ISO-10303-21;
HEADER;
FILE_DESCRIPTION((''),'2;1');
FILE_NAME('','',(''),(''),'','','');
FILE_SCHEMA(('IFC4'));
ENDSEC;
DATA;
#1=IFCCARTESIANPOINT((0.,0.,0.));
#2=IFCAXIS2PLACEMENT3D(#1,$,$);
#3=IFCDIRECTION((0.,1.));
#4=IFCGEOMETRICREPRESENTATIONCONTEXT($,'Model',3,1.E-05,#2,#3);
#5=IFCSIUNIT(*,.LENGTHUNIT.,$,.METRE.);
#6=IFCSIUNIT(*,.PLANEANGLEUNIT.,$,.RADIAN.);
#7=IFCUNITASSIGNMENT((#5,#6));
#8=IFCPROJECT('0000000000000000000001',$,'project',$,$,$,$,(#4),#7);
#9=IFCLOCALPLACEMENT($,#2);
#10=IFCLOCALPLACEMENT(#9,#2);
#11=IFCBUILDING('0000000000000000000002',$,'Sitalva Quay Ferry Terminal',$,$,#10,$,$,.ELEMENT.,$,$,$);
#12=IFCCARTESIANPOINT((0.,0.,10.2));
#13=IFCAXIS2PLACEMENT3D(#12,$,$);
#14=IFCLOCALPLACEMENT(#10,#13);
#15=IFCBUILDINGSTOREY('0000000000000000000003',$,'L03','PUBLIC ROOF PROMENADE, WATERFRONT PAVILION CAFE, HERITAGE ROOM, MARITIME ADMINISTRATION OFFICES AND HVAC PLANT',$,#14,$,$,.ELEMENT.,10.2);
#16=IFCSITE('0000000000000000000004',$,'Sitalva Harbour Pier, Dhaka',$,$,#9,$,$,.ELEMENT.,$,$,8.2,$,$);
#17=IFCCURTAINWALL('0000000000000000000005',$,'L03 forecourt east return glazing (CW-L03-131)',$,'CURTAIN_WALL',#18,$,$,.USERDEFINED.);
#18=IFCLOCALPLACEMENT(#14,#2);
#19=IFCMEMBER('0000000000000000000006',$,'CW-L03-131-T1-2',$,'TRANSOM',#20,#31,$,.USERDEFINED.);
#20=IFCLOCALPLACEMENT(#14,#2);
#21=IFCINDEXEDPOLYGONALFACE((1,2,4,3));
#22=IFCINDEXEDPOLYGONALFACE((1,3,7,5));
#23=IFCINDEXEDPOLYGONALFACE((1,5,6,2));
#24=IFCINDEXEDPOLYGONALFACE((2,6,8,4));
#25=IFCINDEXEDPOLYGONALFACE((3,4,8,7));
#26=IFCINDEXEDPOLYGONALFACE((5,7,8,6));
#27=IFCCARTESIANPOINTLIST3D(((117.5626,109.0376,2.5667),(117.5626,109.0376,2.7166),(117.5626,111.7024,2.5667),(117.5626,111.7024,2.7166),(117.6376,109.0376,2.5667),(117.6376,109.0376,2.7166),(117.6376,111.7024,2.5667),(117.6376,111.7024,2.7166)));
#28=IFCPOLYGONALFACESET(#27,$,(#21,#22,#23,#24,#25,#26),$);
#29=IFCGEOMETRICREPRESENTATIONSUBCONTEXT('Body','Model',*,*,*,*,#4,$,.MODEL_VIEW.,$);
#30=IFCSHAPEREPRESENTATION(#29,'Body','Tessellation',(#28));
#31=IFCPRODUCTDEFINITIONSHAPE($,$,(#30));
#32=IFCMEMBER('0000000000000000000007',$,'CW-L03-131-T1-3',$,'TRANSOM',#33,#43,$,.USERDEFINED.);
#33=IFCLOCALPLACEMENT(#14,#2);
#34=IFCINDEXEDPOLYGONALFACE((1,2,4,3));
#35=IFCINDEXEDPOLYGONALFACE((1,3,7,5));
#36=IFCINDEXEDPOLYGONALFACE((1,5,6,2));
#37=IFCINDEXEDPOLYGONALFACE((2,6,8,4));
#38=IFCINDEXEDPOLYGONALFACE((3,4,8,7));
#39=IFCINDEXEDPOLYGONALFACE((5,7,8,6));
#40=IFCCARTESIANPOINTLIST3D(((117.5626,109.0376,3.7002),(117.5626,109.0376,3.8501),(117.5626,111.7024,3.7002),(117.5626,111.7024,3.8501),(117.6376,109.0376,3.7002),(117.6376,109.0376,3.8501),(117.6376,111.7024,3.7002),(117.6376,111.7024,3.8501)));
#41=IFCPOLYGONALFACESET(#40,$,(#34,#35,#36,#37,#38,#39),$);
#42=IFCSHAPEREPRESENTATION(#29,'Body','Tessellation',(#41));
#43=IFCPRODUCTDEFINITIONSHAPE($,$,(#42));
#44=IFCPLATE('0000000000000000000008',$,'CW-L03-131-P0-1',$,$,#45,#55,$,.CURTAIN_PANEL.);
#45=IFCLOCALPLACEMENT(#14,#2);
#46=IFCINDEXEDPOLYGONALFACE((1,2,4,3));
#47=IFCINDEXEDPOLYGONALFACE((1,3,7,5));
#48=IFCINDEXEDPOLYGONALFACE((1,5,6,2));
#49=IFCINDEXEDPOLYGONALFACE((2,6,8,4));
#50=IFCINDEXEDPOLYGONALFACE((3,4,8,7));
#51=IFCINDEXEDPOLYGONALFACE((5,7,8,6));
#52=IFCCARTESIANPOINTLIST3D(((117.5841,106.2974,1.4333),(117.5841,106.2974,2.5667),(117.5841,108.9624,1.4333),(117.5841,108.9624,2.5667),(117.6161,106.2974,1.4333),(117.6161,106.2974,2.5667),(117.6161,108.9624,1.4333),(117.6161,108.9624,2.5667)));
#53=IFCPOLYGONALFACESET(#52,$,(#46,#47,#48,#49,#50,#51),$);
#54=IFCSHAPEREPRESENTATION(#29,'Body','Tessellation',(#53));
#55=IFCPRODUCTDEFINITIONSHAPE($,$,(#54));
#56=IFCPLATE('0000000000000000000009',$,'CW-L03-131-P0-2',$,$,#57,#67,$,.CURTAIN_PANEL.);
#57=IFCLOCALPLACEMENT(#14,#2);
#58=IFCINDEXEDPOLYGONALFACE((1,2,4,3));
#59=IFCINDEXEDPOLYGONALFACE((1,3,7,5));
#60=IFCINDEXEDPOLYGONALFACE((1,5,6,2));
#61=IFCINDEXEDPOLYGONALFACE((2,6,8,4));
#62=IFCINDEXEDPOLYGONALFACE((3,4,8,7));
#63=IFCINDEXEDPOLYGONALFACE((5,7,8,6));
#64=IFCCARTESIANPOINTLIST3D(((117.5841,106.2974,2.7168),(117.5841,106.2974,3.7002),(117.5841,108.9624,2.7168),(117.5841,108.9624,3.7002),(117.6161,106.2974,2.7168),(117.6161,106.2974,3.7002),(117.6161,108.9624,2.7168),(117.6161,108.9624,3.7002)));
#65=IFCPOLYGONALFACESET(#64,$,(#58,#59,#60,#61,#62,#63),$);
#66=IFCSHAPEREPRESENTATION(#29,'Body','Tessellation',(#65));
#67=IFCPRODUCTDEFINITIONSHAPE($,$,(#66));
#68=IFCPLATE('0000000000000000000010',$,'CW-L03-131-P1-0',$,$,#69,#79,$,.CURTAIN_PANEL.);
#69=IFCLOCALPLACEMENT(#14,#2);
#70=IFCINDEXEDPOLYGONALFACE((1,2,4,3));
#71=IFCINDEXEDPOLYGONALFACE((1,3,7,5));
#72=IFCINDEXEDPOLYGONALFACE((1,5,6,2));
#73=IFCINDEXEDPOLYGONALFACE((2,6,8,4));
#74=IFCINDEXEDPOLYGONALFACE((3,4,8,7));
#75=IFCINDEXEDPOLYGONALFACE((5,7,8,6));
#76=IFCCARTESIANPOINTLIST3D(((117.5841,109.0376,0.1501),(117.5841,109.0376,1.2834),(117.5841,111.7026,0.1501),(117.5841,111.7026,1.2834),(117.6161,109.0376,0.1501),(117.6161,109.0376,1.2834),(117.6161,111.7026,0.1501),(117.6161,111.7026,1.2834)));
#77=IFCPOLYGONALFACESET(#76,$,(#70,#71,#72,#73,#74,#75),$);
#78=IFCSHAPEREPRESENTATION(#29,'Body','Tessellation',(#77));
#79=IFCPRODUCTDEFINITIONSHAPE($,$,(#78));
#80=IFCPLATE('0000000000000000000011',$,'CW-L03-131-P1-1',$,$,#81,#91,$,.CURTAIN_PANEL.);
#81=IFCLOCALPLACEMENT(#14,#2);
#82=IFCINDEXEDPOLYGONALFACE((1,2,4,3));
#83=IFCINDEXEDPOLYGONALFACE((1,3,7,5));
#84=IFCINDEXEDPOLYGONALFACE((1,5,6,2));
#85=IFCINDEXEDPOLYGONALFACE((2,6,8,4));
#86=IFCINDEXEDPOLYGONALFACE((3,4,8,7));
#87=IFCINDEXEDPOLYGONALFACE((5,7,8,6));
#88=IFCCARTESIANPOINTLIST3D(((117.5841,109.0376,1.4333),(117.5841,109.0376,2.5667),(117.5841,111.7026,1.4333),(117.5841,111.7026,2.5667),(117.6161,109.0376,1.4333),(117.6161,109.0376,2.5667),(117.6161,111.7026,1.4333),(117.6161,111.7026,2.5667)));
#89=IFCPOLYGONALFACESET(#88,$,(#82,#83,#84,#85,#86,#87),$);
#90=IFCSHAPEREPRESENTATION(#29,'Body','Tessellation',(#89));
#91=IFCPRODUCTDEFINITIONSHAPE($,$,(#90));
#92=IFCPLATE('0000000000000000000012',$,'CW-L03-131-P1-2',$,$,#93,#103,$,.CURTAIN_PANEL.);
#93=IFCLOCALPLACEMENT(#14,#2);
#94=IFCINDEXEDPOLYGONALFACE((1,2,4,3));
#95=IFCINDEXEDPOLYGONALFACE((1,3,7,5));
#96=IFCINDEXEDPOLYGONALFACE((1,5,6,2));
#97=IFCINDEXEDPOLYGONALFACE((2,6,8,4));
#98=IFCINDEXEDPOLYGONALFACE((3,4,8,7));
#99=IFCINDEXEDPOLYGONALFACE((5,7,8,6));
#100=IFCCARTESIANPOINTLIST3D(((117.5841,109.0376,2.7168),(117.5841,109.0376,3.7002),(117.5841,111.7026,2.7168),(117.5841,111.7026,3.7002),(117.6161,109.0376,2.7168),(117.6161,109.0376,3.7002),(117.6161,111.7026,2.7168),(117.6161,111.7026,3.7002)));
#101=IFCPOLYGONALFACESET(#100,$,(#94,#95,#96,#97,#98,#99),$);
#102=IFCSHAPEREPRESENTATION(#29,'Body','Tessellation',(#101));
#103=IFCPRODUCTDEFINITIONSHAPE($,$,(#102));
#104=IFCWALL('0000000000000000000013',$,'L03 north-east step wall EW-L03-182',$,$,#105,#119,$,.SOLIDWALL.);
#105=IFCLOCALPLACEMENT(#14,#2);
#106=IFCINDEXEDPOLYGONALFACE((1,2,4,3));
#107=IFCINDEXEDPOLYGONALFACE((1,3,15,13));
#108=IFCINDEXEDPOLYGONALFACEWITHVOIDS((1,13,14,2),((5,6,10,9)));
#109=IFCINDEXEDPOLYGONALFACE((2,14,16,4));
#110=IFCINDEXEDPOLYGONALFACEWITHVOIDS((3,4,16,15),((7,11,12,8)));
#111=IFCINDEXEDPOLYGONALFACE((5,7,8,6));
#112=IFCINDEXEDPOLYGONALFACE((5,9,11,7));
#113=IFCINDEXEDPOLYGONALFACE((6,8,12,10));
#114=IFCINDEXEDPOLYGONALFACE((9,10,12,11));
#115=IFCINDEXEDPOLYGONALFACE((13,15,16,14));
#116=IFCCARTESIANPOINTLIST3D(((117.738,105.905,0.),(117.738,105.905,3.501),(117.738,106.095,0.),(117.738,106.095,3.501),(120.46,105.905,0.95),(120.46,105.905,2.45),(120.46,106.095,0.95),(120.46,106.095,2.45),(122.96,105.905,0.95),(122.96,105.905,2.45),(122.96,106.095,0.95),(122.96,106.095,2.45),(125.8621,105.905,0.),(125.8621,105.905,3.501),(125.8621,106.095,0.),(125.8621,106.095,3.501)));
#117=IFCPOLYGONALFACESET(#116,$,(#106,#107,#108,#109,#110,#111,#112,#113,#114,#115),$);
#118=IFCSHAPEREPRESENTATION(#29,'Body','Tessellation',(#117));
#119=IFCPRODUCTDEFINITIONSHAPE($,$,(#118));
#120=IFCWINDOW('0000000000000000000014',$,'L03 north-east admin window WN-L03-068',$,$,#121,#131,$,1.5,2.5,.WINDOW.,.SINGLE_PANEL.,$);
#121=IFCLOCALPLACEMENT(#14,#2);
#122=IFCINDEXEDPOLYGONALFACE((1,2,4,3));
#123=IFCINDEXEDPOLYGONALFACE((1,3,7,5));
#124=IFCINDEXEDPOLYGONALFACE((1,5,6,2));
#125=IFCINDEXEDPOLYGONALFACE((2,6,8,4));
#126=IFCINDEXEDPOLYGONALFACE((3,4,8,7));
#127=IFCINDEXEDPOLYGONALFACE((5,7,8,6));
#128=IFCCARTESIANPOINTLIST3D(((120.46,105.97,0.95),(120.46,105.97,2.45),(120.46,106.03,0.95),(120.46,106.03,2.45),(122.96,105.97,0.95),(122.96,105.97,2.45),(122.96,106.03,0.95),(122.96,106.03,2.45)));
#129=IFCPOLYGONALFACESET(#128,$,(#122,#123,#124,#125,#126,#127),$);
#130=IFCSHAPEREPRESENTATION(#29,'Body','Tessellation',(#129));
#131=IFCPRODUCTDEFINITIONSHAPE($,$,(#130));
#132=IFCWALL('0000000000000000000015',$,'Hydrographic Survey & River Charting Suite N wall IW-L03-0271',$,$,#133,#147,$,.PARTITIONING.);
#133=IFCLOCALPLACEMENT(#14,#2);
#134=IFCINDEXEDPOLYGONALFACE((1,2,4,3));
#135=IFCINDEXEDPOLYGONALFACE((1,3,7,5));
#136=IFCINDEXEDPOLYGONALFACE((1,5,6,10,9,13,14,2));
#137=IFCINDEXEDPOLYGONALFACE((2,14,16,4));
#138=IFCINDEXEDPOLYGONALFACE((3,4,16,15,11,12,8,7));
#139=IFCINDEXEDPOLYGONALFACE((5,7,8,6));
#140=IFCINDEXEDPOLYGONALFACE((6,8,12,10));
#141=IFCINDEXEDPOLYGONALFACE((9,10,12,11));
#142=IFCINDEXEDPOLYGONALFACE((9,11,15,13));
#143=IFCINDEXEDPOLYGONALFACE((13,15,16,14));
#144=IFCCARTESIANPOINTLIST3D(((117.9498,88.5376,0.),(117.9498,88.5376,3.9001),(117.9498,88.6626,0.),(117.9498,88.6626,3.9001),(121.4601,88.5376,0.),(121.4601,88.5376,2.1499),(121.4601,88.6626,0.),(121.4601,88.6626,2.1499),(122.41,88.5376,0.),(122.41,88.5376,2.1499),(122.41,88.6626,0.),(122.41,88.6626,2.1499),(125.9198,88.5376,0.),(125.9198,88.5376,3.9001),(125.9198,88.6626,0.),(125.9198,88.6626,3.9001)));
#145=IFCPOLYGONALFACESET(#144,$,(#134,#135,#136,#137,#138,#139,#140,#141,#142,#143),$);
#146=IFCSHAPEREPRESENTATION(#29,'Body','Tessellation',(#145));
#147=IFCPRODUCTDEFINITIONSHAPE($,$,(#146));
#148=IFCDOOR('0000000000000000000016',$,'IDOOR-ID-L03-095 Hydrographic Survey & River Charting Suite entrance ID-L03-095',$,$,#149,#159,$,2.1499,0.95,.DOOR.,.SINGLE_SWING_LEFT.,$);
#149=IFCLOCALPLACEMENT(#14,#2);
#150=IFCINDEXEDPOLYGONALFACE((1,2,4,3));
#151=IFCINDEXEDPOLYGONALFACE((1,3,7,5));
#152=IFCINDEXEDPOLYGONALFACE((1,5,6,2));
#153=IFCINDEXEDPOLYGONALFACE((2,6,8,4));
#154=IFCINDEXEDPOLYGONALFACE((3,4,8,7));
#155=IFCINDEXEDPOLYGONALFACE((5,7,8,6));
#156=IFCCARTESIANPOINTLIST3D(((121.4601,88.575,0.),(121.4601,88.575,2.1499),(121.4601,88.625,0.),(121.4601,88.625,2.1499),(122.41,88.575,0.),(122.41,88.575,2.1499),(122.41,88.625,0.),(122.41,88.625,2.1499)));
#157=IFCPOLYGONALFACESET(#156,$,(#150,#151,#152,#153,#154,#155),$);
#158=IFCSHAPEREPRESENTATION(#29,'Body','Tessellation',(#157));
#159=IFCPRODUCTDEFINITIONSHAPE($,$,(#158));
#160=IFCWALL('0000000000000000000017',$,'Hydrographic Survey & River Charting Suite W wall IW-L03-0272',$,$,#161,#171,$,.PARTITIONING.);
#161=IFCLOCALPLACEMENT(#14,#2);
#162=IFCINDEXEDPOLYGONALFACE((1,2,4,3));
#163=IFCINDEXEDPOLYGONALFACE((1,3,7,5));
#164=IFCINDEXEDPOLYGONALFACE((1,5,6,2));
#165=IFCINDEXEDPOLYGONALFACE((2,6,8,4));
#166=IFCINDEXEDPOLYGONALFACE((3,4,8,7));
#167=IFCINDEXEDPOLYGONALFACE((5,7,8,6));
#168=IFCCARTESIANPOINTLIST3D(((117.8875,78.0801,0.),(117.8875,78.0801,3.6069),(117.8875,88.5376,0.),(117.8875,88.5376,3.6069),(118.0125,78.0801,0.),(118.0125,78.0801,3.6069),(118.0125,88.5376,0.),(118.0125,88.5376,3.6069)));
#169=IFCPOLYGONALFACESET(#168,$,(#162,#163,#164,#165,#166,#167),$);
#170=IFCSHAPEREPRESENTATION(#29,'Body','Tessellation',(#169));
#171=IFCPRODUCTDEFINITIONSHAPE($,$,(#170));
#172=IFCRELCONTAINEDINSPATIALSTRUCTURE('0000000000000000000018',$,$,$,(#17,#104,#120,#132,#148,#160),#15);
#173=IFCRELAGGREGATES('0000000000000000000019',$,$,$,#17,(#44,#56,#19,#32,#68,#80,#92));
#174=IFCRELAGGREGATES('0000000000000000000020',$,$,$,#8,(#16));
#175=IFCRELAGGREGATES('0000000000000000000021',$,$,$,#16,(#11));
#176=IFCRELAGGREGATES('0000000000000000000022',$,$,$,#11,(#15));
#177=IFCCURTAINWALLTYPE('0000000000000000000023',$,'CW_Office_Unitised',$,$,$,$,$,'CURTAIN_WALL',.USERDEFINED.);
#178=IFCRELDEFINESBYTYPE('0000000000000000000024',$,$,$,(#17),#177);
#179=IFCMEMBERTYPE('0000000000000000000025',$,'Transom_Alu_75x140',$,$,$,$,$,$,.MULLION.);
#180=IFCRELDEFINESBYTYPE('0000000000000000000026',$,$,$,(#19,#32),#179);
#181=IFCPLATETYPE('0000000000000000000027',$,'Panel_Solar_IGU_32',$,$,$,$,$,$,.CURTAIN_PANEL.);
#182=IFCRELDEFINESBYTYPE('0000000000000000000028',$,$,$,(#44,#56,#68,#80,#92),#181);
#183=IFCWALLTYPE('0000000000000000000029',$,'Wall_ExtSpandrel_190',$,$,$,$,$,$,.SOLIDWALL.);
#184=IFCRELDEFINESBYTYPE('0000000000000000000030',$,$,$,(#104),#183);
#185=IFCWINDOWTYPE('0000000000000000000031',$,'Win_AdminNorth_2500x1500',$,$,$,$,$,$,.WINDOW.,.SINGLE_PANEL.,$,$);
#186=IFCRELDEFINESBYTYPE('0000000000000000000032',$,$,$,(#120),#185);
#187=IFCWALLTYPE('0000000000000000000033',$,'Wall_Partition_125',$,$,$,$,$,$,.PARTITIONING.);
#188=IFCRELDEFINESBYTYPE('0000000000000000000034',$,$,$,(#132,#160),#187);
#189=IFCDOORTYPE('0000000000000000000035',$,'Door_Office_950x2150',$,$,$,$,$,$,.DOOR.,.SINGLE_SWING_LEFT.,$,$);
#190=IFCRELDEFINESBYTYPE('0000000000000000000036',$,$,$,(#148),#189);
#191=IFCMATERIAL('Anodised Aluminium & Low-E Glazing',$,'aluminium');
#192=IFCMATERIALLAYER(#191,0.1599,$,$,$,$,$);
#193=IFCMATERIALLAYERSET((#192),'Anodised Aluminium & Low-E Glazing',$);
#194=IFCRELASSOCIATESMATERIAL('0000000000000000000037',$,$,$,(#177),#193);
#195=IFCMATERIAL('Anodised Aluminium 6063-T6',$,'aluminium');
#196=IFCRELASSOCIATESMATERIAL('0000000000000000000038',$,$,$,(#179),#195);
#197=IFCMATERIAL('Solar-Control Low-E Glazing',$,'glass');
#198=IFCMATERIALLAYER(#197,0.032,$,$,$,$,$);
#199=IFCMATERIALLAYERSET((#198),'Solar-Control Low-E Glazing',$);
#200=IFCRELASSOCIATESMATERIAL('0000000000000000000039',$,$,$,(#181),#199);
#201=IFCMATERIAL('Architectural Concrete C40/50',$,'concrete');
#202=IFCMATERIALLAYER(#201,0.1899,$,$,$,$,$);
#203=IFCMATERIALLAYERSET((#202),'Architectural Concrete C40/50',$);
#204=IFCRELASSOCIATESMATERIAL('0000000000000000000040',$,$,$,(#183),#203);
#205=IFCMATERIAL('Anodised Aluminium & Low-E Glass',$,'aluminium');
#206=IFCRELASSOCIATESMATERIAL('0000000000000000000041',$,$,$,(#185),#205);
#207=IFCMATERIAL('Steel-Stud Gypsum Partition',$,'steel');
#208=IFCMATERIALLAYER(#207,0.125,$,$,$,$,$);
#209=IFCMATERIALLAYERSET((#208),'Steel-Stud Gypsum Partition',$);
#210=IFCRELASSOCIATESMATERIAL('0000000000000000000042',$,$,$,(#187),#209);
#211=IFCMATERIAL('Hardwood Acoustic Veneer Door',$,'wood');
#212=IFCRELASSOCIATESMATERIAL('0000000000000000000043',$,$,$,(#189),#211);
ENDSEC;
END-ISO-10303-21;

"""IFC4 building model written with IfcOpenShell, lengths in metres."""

from ifc_helpers import new_model, si_unit, direction, frame, frame_2d, origin, origin_2d, place, context, subcontext, project, spatial, rectangle, extrude, material, layer, layer_set, material_profile, profile_set, type_object, element, fill, aggregate, save


model = new_model("IFC4")

# Units and contexts
model_context = context("Model", 3, precision=1e-05, world=origin(), true_north=direction((0.0, 1.0)))
body_context = subcontext(model_context, "Body", "Model", "MODEL_VIEW")
ifc_project = project(units=[si_unit("LENGTHUNIT", "METRE"), si_unit("PLANEANGLEUNIT", "RADIAN")], contexts=[model_context])

# Site, building, storey
site_placement = place(None, origin())
site = spatial("IfcSite", under=ifc_project, at=site_placement, Name="Sitalva Harbour Pier, Dhaka", CompositionType="ELEMENT", RefElevation=8.2)
building_placement = place(site_placement, origin())
building = spatial("IfcBuilding", under=site, at=building_placement, Name="Sitalva Quay Ferry Terminal", CompositionType="ELEMENT")
storey_placement = place(building_placement, frame((0.0, 0.0, 10.2)))
storey = spatial("IfcBuildingStorey", under=building, at=storey_placement, Name="L03", Description="PUBLIC ROOF PROMENADE, WATERFRONT PAVILION CAFE, HERITAGE ROOM, MARITIME ADMINISTRATION OFFICES AND HVAC PLANT", CompositionType="ELEMENT", Elevation=10.2)

# Curtain wall, members, plates
ifc_material_1 = material(Name="Anodised Aluminium & Low-E Glazing", Category="aluminium")
ifc_layer_1 = layer(ifc_material_1, 0.1599)
ifc_layer_set_1 = layer_set([ifc_layer_1], Name="Anodised Aluminium & Low-E Glazing")
curtain_wall_type = type_object("IfcCurtainWallType", Name="CW_Office_Unitised", ElementType="CURTAIN_WALL", PredefinedType="USERDEFINED", material=ifc_layer_set_1)
curtain_wall_placement = place(storey_placement, origin())
curtain_wall = element("IfcCurtainWall", 1, at=curtain_wall_placement, inside=storey, type_object=curtain_wall_type, Name="L03 forecourt east return glazing (CW-L03-131)", ObjectType="CURTAIN_WALL", PredefinedType="USERDEFINED")
ifc_material_2 = material(Name="Anodised Aluminium 6063-T6", Category="aluminium")
ifc_material_profile_1 = material_profile(ifc_material_2, rectangle(XDim=0.075, YDim=0.1499, at=origin_2d()), Name="ALU75x150")
ifc_profile_set_1 = profile_set([ifc_material_profile_1], Name="Anodised Aluminium 6063-T6")
member_type_1 = type_object("IfcMemberType", Name="Transom_Alu_75x140", PredefinedType="MULLION", material=ifc_profile_set_1)
member_1_placement = place(storey_placement, frame((117.6001, 109.0376, 2.6416), z_axis=(0.0, 1.0, 0.0), x_axis=(-1.0, 0.0, 0.0)))
member_1 = element("IfcMember", 2, at=member_1_placement, type_object=member_type_1, Name="CW-L03-131-T1-2", ObjectType="TRANSOM", PredefinedType="USERDEFINED", context=body_context, shape_type="SweptSolid", body=[
    extrude(rectangle(XDim=0.075, YDim=0.1499, at=origin_2d()), origin(), (0.0, 0.0, 1.0), 2.6648),
])
member_2_placement = place(storey_placement, frame((117.6001, 109.0376, 3.7751), z_axis=(0.0, 1.0, 0.0), x_axis=(-1.0, 0.0, 0.0)))
member_2 = element("IfcMember", 3, at=member_2_placement, type_object=member_type_1, Name="CW-L03-131-T1-3", ObjectType="TRANSOM", PredefinedType="USERDEFINED", context=body_context, shape_type="SweptSolid", body=[
    extrude(rectangle(XDim=0.075, YDim=0.1499, at=origin_2d()), origin(), (0.0, 0.0, 1.0), 2.6648),
])
ifc_material_3 = material(Name="Solar-Control Low-E Glazing", Category="glass")
ifc_layer_2 = layer(ifc_material_3, 0.032)
ifc_layer_set_2 = layer_set([ifc_layer_2], Name="Solar-Control Low-E Glazing")
plate_type = type_object("IfcPlateType", Name="Panel_Solar_IGU_32", PredefinedType="CURTAIN_PANEL", material=ifc_layer_set_2)
plate_1_placement = place(storey_placement, frame((117.6001, 107.6299, 1.4333), z_axis=(0.0, 0.0, 1.0), x_axis=(0.0, 1.0, 0.0)))
plate_1 = element("IfcPlate", 4, at=plate_1_placement, type_object=plate_type, Name="CW-L03-131-P0-1", PredefinedType="CURTAIN_PANEL", context=body_context, shape_type="SweptSolid", body=[
    extrude(rectangle(XDim=2.665, YDim=0.032, at=origin_2d()), origin(), (0.0, 0.0, 1.0), 1.1333),
])
plate_2_placement = place(storey_placement, frame((117.6001, 107.6299, 2.7168), z_axis=(0.0, 0.0, 1.0), x_axis=(0.0, 1.0, 0.0)))
plate_2 = element("IfcPlate", 5, at=plate_2_placement, type_object=plate_type, Name="CW-L03-131-P0-2", PredefinedType="CURTAIN_PANEL", context=body_context, shape_type="SweptSolid", body=[
    extrude(rectangle(XDim=2.665, YDim=0.032, at=origin_2d()), origin(), (0.0, 0.0, 1.0), 0.9834),
])
plate_3_placement = place(storey_placement, frame((117.6001, 110.3701, 0.1501), z_axis=(0.0, 0.0, 1.0), x_axis=(0.0, 1.0, 0.0)))
plate_3 = element("IfcPlate", 6, at=plate_3_placement, type_object=plate_type, Name="CW-L03-131-P1-0", PredefinedType="CURTAIN_PANEL", context=body_context, shape_type="SweptSolid", body=[
    extrude(rectangle(XDim=2.665, YDim=0.032, at=origin_2d()), origin(), (0.0, 0.0, 1.0), 1.1333),
])
plate_4_placement = place(storey_placement, frame((117.6001, 110.3701, 1.4333), z_axis=(0.0, 0.0, 1.0), x_axis=(0.0, 1.0, 0.0)))
plate_4 = element("IfcPlate", 7, at=plate_4_placement, type_object=plate_type, Name="CW-L03-131-P1-1", PredefinedType="CURTAIN_PANEL", context=body_context, shape_type="SweptSolid", body=[
    extrude(rectangle(XDim=2.665, YDim=0.032, at=origin_2d()), origin(), (0.0, 0.0, 1.0), 1.1333),
])
plate_5_placement = place(storey_placement, frame((117.6001, 110.3701, 2.7168), z_axis=(0.0, 0.0, 1.0), x_axis=(0.0, 1.0, 0.0)))
plate_5 = element("IfcPlate", 8, at=plate_5_placement, type_object=plate_type, Name="CW-L03-131-P1-2", PredefinedType="CURTAIN_PANEL", context=body_context, shape_type="SweptSolid", body=[
    extrude(rectangle(XDim=2.665, YDim=0.032, at=origin_2d()), origin(), (0.0, 0.0, 1.0), 0.9834),
])
aggregate(curtain_wall, [plate_1, plate_2, member_1, member_2, plate_3, plate_4, plate_5])

# Wall, opening, window
ifc_material_4 = material(Name="Architectural Concrete C40/50", Category="concrete")
ifc_layer_3 = layer(ifc_material_4, 0.1899)
ifc_layer_set_3 = layer_set([ifc_layer_3], Name="Architectural Concrete C40/50")
wall_type_1 = type_object("IfcWallType", Name="Wall_ExtSpandrel_190", PredefinedType="SOLIDWALL", material=ifc_layer_set_3)
wall_1_placement = place(storey_placement, frame((117.738, 106.0, 0.0), z_axis=(0.0, 0.0, 1.0), x_axis=(1.0, 0.0, 0.0)))
wall_1 = element("IfcWall", 9, at=wall_1_placement, inside=storey, type_object=wall_type_1, Name="L03 north-east step wall EW-L03-182", PredefinedType="SOLIDWALL", context=body_context, shape_type="SweptSolid", body=[
    extrude(rectangle(XDim=8.124, YDim=0.1899, at=frame_2d((4.062, 0.0))), origin(), (0.0, 0.0, 1.0), 3.501),
])
opening_1_placement = place(wall_1_placement, frame((2.7219, 0.0, 0.95)))
opening_1 = element("IfcOpeningElement", 10, at=opening_1_placement, cuts=wall_1, PredefinedType="OPENING", context=body_context, shape_type="SweptSolid", body=[
    extrude(rectangle(XDim=2.5, YDim=1.5, at=frame_2d((1.25, 0.75))), frame((0.0, 0.105, 0.0), z_axis=(0.0, -1.0, 0.0), x_axis=(1.0, 0.0, 0.0)), (0.0, 0.0, 1.0), 0.21),
])
ifc_material_5 = material(Name="Anodised Aluminium & Low-E Glass", Category="aluminium")
window_type = type_object("IfcWindowType", Name="Win_AdminNorth_2500x1500", PartitioningType="SINGLE_PANEL", PredefinedType="WINDOW", material=ifc_material_5)
window_placement = place(opening_1_placement, origin())
window = element("IfcWindow", 11, at=window_placement, inside=storey, type_object=window_type, Name="L03 north-east admin window WN-L03-068", OverallHeight=1.5, OverallWidth=2.5, PartitioningType="SINGLE_PANEL", PredefinedType="WINDOW", context=body_context, shape_type="SweptSolid", body=[
    extrude(rectangle(XDim=2.5, YDim=1.5, at=frame_2d((1.25, 0.75))), frame((0.0, 0.03, 0.0), z_axis=(0.0, -1.0, 0.0), x_axis=(1.0, 0.0, 0.0)), (0.0, 0.0, 1.0), 0.0601),
])
fill(opening_1, window)

# Wall, opening, door
ifc_material_6 = material(Name="Steel-Stud Gypsum Partition", Category="steel")
ifc_layer_4 = layer(ifc_material_6, 0.125)
ifc_layer_set_4 = layer_set([ifc_layer_4], Name="Steel-Stud Gypsum Partition")
wall_type_2 = type_object("IfcWallType", Name="Wall_Partition_125", PredefinedType="PARTITIONING", material=ifc_layer_set_4)
wall_2_placement = place(storey_placement, frame((117.95, 88.6001, 0.0), z_axis=(0.0, 0.0, 1.0), x_axis=(1.0, 0.0, 0.0)))
wall_2 = element("IfcWall", 12, at=wall_2_placement, inside=storey, type_object=wall_type_2, Name="Hydrographic Survey & River Charting Suite N wall IW-L03-0271", PredefinedType="PARTITIONING", context=body_context, shape_type="SweptSolid", body=[
    extrude(rectangle(XDim=7.97, YDim=0.125, at=frame_2d((3.9849, 0.0))), origin(), (0.0, 0.0, 1.0), 3.9001),
])
opening_2_placement = place(wall_2_placement, frame((3.51, 0.0, 0.0)))
opening_2 = element("IfcOpeningElement", 13, at=opening_2_placement, cuts=wall_2, PredefinedType="OPENING", context=body_context, shape_type="SweptSolid", body=[
    extrude(rectangle(XDim=0.95, YDim=2.1499, at=frame_2d((0.4751, 1.075))), frame((0.0, 0.0725, 0.0), z_axis=(0.0, -1.0, 0.0), x_axis=(1.0, 0.0, 0.0)), (0.0, 0.0, 1.0), 0.145),
])
ifc_material_7 = material(Name="Hardwood Acoustic Veneer Door", Category="wood")
door_type = type_object("IfcDoorType", Name="Door_Office_950x2150", OperationType="SINGLE_SWING_LEFT", PredefinedType="DOOR", material=ifc_material_7)
door_placement = place(opening_2_placement, origin())
door = element("IfcDoor", 14, at=door_placement, inside=storey, type_object=door_type, Name="IDOOR-ID-L03-095 Hydrographic Survey & River Charting Suite entrance ID-L03-095", OperationType="SINGLE_SWING_LEFT", OverallHeight=2.1499, OverallWidth=0.95, PredefinedType="DOOR", context=body_context, shape_type="SweptSolid", body=[
    extrude(rectangle(XDim=0.95, YDim=2.1499, at=frame_2d((0.4751, 1.075))), frame((0.0, 0.0249, 0.0), z_axis=(0.0, -1.0, 0.0), x_axis=(1.0, 0.0, 0.0)), (0.0, 0.0, 1.0), 0.05),
])
fill(opening_2, door)

# Wall
wall_3_placement = place(storey_placement, frame((117.95, 78.0801, 0.0), z_axis=(0.0, 0.0, 1.0), x_axis=(0.0, 1.0, 0.0)))
element("IfcWall", 15, at=wall_3_placement, inside=storey, type_object=wall_type_2, Name="Hydrographic Survey & River Charting Suite W wall IW-L03-0272", PredefinedType="PARTITIONING", context=body_context, shape_type="SweptSolid", body=[
    extrude(rectangle(XDim=10.4575, YDim=0.125, at=frame_2d((5.2288, 0.0))), origin(), (0.0, 0.0, 1.0), 3.6069),
])

save(model, "model.ifc")
